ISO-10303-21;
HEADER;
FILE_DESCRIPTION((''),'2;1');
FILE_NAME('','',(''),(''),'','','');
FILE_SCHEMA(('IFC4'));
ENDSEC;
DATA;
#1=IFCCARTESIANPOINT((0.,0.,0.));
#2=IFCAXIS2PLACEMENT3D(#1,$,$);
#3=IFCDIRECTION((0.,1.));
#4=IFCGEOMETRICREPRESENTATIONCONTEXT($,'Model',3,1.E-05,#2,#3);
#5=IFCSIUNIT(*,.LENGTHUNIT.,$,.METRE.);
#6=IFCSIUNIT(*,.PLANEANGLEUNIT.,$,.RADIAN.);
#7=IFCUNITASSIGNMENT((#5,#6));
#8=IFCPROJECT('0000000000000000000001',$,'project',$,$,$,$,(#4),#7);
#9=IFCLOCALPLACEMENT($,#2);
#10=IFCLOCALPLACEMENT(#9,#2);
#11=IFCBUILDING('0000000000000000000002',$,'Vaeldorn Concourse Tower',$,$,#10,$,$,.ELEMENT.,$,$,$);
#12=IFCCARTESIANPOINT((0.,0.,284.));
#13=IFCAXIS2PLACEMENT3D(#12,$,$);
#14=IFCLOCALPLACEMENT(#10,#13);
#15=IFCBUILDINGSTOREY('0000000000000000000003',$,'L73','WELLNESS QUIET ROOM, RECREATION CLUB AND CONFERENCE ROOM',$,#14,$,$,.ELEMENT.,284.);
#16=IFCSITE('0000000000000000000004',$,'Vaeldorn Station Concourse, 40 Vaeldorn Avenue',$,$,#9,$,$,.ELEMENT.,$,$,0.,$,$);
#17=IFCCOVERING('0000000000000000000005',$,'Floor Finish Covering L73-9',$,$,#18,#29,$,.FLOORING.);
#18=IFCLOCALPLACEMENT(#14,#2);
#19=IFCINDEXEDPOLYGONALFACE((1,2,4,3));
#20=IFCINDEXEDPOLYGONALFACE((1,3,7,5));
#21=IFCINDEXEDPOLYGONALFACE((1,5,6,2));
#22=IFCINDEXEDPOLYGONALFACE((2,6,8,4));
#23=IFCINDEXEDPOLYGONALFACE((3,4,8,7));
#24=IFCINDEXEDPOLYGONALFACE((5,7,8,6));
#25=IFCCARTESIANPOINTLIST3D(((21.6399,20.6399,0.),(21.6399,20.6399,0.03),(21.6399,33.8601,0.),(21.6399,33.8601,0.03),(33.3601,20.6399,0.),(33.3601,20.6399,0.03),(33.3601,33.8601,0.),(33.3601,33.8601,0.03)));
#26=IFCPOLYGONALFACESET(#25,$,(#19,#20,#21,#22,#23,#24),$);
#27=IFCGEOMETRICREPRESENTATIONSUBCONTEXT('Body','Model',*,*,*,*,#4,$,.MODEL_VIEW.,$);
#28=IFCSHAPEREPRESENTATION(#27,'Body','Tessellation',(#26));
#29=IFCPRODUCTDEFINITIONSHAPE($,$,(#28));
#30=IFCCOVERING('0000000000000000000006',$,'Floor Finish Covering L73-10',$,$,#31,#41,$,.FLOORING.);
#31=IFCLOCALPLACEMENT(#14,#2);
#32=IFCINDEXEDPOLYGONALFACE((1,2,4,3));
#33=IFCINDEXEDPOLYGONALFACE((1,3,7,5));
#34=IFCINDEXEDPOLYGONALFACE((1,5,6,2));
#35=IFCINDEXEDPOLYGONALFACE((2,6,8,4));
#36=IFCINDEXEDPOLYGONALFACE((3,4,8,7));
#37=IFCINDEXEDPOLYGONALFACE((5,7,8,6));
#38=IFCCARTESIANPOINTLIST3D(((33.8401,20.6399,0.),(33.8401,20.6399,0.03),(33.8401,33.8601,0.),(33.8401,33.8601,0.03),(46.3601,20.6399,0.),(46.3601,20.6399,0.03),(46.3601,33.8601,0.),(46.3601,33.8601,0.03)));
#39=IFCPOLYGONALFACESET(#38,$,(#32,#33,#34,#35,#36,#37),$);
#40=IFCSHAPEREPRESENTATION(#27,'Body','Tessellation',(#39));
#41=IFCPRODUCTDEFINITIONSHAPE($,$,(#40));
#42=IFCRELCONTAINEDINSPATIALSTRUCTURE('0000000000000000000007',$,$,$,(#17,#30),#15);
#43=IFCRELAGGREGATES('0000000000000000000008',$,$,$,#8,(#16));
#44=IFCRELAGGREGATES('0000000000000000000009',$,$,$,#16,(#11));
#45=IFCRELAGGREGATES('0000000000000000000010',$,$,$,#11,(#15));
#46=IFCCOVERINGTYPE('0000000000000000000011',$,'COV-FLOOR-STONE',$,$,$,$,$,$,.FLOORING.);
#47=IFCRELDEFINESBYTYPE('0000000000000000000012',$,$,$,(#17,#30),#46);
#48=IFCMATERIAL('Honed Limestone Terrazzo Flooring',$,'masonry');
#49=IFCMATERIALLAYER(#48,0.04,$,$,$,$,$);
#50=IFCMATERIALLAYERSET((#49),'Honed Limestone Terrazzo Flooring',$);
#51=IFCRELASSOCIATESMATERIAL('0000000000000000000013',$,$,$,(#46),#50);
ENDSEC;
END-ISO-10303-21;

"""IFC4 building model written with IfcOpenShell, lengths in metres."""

from ifc_helpers import new_model, si_unit, direction, frame, origin, place, context, subcontext, project, spatial, polyline, outline, extrude, material, layer, layer_set, type_object, element, save


model = new_model("IFC4")

# Units and contexts
model_context = context("Model", 3, precision=1e-05, world=origin(), true_north=direction((0.0, 1.0)))
body_context = subcontext(model_context, "Body", "Model", "MODEL_VIEW")
ifc_project = project(units=[si_unit("LENGTHUNIT", "METRE"), si_unit("PLANEANGLEUNIT", "RADIAN")], contexts=[model_context])

# Site, building, storey
site_placement = place(None, origin())
site = spatial("IfcSite", under=ifc_project, at=site_placement, Name="Vaeldorn Station Concourse, 40 Vaeldorn Avenue", CompositionType="ELEMENT", RefElevation=0.0)
building_placement = place(site_placement, origin())
building = spatial("IfcBuilding", under=site, at=building_placement, Name="Vaeldorn Concourse Tower", CompositionType="ELEMENT")
storey_placement = place(building_placement, frame((0.0, 0.0, 284.0)))
storey = spatial("IfcBuildingStorey", under=building, at=storey_placement, Name="L73", Description="WELLNESS QUIET ROOM, RECREATION CLUB AND CONFERENCE ROOM", CompositionType="ELEMENT", Elevation=284.0)

# Coverings
ifc_material_1 = material(Name="Honed Limestone Terrazzo Flooring", Category="masonry")
ifc_layer_1 = layer(ifc_material_1, 0.04)
ifc_layer_set_1 = layer_set([ifc_layer_1], Name="Honed Limestone Terrazzo Flooring")
covering_type_1 = type_object("IfcCoveringType", Name="COV-FLOOR-STONE", PredefinedType="FLOORING", material=ifc_layer_set_1)
covering_1_placement = place(storey_placement, origin())
element("IfcCovering", 1, at=covering_1_placement, inside=storey, type_object=covering_type_1, Name="Floor Finish Covering L73-9", PredefinedType="FLOORING", context=body_context, shape_type="SweptSolid", body=[
    extrude(outline(polyline([(21.6399, 33.8601), (33.3601, 33.8601), (33.3601, 20.6399), (21.6399, 20.6399), (21.6399, 33.8601)])), origin(), (0.0, 0.0, 1.0), 0.03),
])
covering_2_placement = place(storey_placement, origin())
element("IfcCovering", 2, at=covering_2_placement, inside=storey, type_object=covering_type_1, Name="Floor Finish Covering L73-10", PredefinedType="FLOORING", context=body_context, shape_type="SweptSolid", body=[
    extrude(outline(polyline([(33.8401, 33.8601), (46.3601, 33.8601), (46.3601, 20.6399), (33.8401, 20.6399), (33.8401, 33.8601)])), origin(), (0.0, 0.0, 1.0), 0.03),
])

save(model, "model.ifc")
